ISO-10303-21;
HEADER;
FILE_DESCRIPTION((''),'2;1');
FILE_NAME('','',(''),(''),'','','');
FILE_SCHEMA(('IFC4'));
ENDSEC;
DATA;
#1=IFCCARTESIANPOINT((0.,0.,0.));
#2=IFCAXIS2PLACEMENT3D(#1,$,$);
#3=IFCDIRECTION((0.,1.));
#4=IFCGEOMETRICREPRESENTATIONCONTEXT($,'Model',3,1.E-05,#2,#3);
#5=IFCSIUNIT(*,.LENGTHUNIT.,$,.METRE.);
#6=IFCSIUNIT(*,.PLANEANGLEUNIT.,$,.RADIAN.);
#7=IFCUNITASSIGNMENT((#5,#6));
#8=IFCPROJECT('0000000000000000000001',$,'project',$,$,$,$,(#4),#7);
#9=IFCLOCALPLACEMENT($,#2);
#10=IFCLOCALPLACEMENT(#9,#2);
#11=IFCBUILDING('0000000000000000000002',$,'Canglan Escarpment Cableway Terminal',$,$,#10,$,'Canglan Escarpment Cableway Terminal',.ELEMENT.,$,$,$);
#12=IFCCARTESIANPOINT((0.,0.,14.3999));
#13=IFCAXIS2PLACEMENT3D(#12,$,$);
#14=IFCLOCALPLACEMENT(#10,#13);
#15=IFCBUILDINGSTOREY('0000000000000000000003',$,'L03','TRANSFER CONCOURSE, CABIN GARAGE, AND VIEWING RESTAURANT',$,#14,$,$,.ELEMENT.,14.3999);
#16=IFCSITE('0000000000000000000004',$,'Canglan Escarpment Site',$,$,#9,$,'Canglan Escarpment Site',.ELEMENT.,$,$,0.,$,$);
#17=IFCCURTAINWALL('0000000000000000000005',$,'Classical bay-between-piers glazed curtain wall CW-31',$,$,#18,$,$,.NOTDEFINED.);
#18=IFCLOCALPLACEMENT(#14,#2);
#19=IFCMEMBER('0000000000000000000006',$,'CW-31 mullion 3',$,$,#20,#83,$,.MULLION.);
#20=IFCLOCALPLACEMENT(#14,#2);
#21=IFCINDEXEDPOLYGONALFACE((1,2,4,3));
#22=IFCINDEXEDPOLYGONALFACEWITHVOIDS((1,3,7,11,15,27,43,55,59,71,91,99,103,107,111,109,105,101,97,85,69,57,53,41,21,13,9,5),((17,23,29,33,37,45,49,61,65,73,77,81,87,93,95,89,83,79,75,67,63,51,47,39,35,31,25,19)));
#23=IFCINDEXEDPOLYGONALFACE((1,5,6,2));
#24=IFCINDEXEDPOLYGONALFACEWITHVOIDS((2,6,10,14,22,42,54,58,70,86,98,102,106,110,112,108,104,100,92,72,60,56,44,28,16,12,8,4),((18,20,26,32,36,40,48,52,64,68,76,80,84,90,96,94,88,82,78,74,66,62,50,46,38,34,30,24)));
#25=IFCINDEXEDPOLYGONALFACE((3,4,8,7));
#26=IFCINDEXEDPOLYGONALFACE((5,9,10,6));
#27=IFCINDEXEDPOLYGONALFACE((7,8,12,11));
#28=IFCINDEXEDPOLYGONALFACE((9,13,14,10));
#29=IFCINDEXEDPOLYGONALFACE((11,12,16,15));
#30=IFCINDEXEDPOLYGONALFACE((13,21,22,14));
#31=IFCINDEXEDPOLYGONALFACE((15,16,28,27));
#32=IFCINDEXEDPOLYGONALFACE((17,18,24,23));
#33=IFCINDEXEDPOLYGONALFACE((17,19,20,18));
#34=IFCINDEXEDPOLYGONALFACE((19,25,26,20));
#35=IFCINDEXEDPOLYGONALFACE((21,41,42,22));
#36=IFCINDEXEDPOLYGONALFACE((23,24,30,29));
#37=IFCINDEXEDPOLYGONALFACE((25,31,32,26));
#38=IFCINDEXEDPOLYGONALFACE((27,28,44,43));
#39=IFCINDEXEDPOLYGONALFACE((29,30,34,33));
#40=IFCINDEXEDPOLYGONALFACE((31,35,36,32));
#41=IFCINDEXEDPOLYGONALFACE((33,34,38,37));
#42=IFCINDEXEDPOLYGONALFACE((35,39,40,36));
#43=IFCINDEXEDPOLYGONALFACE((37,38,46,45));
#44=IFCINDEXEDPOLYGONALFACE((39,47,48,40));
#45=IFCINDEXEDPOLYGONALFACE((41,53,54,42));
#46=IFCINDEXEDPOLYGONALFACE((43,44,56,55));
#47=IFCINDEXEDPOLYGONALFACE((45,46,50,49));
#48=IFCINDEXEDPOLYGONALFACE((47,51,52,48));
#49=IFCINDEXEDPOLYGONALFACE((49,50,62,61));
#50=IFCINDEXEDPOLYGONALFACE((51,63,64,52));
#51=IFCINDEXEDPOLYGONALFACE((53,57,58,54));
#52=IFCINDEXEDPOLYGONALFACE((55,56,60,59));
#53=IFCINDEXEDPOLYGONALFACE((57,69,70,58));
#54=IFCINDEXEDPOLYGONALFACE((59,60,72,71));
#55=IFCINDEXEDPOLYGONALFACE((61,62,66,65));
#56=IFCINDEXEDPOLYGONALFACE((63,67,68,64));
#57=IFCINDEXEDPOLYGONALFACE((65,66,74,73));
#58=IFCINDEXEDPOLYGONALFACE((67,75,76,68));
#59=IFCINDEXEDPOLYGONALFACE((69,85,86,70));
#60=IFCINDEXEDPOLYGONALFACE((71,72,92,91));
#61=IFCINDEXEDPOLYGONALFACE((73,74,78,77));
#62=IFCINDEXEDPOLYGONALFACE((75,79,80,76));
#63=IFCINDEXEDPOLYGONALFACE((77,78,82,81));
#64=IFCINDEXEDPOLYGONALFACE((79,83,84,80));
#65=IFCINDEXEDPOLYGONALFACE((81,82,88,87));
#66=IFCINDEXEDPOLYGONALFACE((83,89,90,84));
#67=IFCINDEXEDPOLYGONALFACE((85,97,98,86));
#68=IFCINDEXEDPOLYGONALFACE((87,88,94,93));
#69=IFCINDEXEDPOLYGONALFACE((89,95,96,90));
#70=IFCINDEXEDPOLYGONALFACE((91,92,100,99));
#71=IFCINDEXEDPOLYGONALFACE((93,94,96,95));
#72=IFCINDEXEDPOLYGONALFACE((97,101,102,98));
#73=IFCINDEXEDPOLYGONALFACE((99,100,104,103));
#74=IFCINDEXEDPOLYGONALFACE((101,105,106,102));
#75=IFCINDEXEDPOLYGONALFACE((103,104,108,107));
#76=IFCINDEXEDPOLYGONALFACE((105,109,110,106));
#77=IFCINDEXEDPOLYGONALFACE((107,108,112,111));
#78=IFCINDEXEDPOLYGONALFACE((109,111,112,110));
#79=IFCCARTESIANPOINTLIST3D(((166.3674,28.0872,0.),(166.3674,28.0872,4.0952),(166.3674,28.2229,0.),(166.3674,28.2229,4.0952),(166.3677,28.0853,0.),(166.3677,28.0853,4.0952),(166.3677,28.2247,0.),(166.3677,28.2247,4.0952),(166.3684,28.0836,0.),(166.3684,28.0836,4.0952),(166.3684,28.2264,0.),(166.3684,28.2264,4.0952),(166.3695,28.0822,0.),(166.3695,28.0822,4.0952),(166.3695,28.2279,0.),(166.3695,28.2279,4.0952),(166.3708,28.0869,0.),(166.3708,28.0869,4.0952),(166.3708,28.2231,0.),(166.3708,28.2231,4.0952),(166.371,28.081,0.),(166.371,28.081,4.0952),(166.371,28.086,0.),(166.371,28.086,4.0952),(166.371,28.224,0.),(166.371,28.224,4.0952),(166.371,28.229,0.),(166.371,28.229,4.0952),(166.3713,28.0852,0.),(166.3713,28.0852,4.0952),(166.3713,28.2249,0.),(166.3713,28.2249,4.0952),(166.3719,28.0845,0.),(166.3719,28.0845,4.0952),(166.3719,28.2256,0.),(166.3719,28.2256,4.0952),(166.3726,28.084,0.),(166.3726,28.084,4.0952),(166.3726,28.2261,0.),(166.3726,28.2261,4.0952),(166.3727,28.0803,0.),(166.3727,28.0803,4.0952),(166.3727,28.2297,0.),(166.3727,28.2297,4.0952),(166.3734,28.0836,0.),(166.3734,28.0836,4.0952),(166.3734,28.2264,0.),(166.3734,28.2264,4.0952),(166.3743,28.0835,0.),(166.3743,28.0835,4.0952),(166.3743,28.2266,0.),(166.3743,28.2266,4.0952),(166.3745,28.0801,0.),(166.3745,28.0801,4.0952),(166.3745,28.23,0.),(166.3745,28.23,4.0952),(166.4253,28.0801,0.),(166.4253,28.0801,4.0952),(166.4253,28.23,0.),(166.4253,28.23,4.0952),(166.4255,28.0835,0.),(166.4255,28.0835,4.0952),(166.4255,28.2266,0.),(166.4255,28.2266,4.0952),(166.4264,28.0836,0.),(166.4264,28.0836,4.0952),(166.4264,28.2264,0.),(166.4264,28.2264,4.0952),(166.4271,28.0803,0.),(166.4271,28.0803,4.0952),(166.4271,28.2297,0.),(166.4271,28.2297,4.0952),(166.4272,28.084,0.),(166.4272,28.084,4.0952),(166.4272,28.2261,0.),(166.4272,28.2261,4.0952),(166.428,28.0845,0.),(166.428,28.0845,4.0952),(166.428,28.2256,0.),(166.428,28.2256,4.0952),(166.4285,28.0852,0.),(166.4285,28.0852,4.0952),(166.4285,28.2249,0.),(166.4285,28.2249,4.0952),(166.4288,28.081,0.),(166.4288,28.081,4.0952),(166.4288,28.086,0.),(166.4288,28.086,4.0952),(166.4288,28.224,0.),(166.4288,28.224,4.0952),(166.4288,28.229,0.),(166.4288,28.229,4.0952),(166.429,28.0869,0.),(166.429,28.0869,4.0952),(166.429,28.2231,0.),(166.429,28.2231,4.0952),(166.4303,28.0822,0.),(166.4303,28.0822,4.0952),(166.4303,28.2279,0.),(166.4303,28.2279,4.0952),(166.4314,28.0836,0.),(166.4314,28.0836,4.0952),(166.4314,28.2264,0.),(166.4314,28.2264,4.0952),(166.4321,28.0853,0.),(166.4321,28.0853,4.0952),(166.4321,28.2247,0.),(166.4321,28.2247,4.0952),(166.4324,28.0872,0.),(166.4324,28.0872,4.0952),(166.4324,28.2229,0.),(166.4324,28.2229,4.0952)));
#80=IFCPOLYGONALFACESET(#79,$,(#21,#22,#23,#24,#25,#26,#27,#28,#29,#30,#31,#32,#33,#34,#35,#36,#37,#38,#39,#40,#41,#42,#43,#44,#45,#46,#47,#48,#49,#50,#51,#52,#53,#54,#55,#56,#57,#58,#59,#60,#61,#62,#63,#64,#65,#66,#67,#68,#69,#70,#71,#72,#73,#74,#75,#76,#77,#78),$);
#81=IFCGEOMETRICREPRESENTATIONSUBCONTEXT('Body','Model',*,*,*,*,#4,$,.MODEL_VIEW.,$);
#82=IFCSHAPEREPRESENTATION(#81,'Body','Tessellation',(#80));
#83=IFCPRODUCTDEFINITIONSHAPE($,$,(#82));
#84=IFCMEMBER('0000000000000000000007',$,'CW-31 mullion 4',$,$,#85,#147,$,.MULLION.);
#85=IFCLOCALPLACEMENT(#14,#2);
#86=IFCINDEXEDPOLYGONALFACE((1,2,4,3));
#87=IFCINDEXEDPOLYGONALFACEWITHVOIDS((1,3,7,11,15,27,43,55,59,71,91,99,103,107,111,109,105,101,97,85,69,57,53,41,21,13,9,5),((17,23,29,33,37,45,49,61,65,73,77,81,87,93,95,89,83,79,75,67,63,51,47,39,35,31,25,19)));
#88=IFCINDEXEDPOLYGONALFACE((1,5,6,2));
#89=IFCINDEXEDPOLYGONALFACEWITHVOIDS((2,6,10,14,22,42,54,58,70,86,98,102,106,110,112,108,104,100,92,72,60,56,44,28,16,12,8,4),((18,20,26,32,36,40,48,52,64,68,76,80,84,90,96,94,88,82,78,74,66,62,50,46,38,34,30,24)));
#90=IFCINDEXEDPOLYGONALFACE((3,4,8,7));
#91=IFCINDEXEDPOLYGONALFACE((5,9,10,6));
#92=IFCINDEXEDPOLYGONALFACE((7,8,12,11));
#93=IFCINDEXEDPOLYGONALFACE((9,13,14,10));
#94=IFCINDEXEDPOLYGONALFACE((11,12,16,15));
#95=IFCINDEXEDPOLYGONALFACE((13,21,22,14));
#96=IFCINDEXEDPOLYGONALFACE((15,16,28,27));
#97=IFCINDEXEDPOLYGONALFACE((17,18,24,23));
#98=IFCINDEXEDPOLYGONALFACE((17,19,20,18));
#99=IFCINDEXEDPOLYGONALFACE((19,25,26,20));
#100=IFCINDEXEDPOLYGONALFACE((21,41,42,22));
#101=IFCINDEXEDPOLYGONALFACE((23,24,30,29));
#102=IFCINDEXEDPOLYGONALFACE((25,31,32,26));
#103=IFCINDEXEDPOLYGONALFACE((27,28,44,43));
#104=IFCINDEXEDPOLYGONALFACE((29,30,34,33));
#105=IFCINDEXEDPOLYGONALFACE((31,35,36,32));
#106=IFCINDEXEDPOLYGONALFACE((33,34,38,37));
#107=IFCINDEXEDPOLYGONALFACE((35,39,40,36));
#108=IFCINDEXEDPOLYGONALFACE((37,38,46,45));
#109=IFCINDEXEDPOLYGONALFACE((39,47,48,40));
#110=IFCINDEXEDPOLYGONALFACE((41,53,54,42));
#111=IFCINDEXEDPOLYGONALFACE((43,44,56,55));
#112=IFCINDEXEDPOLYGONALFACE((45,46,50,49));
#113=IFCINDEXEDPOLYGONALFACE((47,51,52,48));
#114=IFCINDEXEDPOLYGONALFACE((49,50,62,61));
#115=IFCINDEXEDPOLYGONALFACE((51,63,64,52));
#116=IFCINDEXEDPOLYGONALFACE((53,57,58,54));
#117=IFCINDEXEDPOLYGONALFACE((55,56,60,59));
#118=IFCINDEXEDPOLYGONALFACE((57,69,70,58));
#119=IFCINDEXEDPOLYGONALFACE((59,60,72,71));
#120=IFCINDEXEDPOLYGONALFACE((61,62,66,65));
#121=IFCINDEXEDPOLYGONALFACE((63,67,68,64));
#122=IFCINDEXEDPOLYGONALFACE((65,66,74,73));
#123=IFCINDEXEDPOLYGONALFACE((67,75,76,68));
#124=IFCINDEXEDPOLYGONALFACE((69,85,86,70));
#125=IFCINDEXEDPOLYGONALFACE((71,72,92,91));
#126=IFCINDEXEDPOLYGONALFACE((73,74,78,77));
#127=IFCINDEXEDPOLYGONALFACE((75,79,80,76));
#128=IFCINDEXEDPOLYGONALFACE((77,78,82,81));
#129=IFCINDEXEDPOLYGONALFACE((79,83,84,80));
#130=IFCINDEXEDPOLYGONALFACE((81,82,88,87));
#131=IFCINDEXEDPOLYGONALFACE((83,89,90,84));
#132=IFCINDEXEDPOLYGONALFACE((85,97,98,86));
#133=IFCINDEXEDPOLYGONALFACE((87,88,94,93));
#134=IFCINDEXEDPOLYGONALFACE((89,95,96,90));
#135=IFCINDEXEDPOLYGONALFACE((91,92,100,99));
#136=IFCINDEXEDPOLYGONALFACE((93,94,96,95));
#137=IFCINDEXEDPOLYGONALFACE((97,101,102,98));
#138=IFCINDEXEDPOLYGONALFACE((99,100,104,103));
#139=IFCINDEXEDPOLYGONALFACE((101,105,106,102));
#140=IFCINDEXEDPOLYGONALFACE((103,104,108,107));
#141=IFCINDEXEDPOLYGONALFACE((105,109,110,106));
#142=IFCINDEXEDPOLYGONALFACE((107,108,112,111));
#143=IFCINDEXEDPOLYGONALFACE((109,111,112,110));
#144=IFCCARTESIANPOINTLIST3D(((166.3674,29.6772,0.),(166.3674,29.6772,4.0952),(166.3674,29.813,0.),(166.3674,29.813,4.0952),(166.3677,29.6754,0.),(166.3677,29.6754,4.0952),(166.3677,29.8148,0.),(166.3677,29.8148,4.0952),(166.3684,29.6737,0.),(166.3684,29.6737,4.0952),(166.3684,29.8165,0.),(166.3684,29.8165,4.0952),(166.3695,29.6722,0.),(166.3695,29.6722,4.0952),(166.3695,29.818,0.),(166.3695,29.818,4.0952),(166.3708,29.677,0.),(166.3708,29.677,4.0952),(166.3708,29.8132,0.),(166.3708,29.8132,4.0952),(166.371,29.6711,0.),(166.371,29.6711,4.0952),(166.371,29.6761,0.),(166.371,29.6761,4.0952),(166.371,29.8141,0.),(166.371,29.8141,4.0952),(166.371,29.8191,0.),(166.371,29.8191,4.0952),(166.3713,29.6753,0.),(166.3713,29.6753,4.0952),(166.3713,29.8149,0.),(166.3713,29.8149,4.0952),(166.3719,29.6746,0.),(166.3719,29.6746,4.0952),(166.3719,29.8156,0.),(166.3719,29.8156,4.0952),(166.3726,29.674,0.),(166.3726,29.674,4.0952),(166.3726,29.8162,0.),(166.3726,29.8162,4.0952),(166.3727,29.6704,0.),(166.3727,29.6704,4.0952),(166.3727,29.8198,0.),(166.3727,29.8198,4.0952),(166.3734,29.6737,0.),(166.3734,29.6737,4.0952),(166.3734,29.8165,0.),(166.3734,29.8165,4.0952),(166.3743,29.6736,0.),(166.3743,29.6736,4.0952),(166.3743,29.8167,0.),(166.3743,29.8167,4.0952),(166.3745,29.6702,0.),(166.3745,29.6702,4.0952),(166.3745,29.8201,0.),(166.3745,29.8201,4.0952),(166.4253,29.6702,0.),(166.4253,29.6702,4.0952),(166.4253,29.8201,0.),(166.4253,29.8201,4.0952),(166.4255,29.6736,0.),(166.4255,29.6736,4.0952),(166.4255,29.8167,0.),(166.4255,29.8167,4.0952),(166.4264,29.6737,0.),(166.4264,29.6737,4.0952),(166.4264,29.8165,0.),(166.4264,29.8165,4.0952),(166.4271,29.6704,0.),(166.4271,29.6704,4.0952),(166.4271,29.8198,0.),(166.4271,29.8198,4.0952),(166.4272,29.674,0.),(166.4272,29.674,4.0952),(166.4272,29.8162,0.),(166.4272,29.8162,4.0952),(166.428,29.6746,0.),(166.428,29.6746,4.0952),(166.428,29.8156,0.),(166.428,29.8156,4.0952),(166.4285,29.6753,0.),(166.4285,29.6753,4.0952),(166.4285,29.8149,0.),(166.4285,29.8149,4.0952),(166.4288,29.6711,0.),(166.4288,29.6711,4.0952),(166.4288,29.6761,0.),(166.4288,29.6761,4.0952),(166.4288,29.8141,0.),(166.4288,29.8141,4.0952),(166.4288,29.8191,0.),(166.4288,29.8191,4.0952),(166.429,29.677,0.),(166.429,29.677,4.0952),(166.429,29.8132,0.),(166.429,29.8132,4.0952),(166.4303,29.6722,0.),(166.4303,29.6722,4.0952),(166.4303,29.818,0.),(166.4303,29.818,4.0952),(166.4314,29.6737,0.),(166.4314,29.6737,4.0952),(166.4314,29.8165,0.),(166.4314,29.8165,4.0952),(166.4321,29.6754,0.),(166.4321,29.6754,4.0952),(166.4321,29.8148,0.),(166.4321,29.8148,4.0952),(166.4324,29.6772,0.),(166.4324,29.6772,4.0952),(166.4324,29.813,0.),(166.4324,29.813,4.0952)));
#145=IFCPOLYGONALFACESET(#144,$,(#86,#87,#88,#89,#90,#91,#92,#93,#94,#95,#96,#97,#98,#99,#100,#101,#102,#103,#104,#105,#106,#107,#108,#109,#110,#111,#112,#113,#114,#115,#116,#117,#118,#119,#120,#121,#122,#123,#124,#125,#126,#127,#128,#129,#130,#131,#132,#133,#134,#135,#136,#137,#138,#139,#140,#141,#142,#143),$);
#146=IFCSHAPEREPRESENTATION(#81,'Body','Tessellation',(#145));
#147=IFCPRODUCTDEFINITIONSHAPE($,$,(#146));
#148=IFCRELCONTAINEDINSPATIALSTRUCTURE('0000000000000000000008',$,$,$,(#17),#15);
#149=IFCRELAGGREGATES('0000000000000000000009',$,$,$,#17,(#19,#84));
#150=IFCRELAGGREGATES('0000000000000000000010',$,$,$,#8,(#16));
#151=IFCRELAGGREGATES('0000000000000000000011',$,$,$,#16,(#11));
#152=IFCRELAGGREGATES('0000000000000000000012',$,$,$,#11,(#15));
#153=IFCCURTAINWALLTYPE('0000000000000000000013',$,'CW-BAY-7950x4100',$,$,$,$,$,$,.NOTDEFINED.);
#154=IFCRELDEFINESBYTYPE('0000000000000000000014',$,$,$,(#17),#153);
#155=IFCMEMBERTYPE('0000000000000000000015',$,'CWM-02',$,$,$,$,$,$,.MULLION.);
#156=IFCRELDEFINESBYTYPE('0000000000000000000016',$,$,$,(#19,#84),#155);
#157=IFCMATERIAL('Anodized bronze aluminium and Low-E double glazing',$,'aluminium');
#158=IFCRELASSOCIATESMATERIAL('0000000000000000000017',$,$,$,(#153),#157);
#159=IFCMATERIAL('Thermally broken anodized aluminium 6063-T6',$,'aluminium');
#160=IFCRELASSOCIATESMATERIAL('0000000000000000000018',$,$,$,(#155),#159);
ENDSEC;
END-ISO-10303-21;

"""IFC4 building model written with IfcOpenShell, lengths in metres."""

from ifc_helpers import new_model, si_unit, direction, frame, origin, origin_2d, place, context, subcontext, project, spatial, hollow_rectangle, extrude, material, material_profile, profile_set, type_object, element, aggregate, save


model = new_model("IFC4")

# Units and contexts
model_context = context("Model", 3, precision=1e-05, world=origin(), true_north=direction((0.0, 1.0)))
body_context = subcontext(model_context, "Body", "Model", "MODEL_VIEW")
ifc_project = project(units=[si_unit("LENGTHUNIT", "METRE"), si_unit("PLANEANGLEUNIT", "RADIAN")], contexts=[model_context])

# Site, building, storey
site_placement = place(None, origin())
site = spatial("IfcSite", under=ifc_project, at=site_placement, Name="Canglan Escarpment Site", LongName="Canglan Escarpment Site", CompositionType="ELEMENT", RefElevation=0.0)
building_placement = place(site_placement, origin())
building = spatial("IfcBuilding", under=site, at=building_placement, Name="Canglan Escarpment Cableway Terminal", LongName="Canglan Escarpment Cableway Terminal", CompositionType="ELEMENT")
storey_placement = place(building_placement, frame((0.0, 0.0, 14.3999)))
storey = spatial("IfcBuildingStorey", under=building, at=storey_placement, Name="L03", Description="TRANSFER CONCOURSE, CABIN GARAGE, AND VIEWING RESTAURANT", CompositionType="ELEMENT", Elevation=14.3999)

# Curtain wall, members
ifc_material_1 = material(Name="Anodized bronze aluminium and Low-E double glazing", Category="aluminium")
curtain_wall_type = type_object("IfcCurtainWallType", Name="CW-BAY-7950x4100", PredefinedType="NOTDEFINED", material=ifc_material_1)
curtain_wall_placement = place(storey_placement, origin())
curtain_wall = element("IfcCurtainWall", 1, at=curtain_wall_placement, inside=storey, type_object=curtain_wall_type, Name="Classical bay-between-piers glazed curtain wall CW-31", PredefinedType="NOTDEFINED")
ifc_material_2 = material(Name="Thermally broken anodized aluminium 6063-T6", Category="aluminium")
ifc_material_profile_1 = material_profile(ifc_material_2, hollow_rectangle(XDim=0.0649, YDim=0.1499, WallThickness=0.0034, InnerFilletRadius=0.0034, OuterFilletRadius=0.0071, at=origin_2d()), Name="ALU-MULL 65x150x3.5")
ifc_profile_set_1 = profile_set([ifc_material_profile_1], Name="Thermally broken anodized aluminium 6063-T6")
member_type_1 = type_object("IfcMemberType", Name="CWM-02", PredefinedType="MULLION", material=ifc_profile_set_1)
member_1_placement = place(storey_placement, frame((166.3999, 28.155, 0.0), z_axis=(0.0, 0.0, 1.0), x_axis=(-1.0, 0.0, 0.0)))
member_1 = element("IfcMember", 2, at=member_1_placement, type_object=member_type_1, Name="CW-31 mullion 3", PredefinedType="MULLION", context=body_context, shape_type="SweptSolid", body=[
    extrude(hollow_rectangle(XDim=0.0649, YDim=0.1499, WallThickness=0.0034, InnerFilletRadius=0.0034, OuterFilletRadius=0.0071, at=origin_2d()), origin(), (0.0, 0.0, 1.0), 4.0952),
])
member_2_placement = place(storey_placement, frame((166.3999, 29.7451, 0.0), z_axis=(0.0, 0.0, 1.0), x_axis=(-1.0, 0.0, 0.0)))
member_2 = element("IfcMember", 3, at=member_2_placement, type_object=member_type_1, Name="CW-31 mullion 4", PredefinedType="MULLION", context=body_context, shape_type="SweptSolid", body=[
    extrude(hollow_rectangle(XDim=0.0649, YDim=0.1499, WallThickness=0.0034, InnerFilletRadius=0.0034, OuterFilletRadius=0.0071, at=origin_2d()), origin(), (0.0, 0.0, 1.0), 4.0952),
])

aggregate(curtain_wall, [member_1, member_2])

save(model, "model.ifc")
